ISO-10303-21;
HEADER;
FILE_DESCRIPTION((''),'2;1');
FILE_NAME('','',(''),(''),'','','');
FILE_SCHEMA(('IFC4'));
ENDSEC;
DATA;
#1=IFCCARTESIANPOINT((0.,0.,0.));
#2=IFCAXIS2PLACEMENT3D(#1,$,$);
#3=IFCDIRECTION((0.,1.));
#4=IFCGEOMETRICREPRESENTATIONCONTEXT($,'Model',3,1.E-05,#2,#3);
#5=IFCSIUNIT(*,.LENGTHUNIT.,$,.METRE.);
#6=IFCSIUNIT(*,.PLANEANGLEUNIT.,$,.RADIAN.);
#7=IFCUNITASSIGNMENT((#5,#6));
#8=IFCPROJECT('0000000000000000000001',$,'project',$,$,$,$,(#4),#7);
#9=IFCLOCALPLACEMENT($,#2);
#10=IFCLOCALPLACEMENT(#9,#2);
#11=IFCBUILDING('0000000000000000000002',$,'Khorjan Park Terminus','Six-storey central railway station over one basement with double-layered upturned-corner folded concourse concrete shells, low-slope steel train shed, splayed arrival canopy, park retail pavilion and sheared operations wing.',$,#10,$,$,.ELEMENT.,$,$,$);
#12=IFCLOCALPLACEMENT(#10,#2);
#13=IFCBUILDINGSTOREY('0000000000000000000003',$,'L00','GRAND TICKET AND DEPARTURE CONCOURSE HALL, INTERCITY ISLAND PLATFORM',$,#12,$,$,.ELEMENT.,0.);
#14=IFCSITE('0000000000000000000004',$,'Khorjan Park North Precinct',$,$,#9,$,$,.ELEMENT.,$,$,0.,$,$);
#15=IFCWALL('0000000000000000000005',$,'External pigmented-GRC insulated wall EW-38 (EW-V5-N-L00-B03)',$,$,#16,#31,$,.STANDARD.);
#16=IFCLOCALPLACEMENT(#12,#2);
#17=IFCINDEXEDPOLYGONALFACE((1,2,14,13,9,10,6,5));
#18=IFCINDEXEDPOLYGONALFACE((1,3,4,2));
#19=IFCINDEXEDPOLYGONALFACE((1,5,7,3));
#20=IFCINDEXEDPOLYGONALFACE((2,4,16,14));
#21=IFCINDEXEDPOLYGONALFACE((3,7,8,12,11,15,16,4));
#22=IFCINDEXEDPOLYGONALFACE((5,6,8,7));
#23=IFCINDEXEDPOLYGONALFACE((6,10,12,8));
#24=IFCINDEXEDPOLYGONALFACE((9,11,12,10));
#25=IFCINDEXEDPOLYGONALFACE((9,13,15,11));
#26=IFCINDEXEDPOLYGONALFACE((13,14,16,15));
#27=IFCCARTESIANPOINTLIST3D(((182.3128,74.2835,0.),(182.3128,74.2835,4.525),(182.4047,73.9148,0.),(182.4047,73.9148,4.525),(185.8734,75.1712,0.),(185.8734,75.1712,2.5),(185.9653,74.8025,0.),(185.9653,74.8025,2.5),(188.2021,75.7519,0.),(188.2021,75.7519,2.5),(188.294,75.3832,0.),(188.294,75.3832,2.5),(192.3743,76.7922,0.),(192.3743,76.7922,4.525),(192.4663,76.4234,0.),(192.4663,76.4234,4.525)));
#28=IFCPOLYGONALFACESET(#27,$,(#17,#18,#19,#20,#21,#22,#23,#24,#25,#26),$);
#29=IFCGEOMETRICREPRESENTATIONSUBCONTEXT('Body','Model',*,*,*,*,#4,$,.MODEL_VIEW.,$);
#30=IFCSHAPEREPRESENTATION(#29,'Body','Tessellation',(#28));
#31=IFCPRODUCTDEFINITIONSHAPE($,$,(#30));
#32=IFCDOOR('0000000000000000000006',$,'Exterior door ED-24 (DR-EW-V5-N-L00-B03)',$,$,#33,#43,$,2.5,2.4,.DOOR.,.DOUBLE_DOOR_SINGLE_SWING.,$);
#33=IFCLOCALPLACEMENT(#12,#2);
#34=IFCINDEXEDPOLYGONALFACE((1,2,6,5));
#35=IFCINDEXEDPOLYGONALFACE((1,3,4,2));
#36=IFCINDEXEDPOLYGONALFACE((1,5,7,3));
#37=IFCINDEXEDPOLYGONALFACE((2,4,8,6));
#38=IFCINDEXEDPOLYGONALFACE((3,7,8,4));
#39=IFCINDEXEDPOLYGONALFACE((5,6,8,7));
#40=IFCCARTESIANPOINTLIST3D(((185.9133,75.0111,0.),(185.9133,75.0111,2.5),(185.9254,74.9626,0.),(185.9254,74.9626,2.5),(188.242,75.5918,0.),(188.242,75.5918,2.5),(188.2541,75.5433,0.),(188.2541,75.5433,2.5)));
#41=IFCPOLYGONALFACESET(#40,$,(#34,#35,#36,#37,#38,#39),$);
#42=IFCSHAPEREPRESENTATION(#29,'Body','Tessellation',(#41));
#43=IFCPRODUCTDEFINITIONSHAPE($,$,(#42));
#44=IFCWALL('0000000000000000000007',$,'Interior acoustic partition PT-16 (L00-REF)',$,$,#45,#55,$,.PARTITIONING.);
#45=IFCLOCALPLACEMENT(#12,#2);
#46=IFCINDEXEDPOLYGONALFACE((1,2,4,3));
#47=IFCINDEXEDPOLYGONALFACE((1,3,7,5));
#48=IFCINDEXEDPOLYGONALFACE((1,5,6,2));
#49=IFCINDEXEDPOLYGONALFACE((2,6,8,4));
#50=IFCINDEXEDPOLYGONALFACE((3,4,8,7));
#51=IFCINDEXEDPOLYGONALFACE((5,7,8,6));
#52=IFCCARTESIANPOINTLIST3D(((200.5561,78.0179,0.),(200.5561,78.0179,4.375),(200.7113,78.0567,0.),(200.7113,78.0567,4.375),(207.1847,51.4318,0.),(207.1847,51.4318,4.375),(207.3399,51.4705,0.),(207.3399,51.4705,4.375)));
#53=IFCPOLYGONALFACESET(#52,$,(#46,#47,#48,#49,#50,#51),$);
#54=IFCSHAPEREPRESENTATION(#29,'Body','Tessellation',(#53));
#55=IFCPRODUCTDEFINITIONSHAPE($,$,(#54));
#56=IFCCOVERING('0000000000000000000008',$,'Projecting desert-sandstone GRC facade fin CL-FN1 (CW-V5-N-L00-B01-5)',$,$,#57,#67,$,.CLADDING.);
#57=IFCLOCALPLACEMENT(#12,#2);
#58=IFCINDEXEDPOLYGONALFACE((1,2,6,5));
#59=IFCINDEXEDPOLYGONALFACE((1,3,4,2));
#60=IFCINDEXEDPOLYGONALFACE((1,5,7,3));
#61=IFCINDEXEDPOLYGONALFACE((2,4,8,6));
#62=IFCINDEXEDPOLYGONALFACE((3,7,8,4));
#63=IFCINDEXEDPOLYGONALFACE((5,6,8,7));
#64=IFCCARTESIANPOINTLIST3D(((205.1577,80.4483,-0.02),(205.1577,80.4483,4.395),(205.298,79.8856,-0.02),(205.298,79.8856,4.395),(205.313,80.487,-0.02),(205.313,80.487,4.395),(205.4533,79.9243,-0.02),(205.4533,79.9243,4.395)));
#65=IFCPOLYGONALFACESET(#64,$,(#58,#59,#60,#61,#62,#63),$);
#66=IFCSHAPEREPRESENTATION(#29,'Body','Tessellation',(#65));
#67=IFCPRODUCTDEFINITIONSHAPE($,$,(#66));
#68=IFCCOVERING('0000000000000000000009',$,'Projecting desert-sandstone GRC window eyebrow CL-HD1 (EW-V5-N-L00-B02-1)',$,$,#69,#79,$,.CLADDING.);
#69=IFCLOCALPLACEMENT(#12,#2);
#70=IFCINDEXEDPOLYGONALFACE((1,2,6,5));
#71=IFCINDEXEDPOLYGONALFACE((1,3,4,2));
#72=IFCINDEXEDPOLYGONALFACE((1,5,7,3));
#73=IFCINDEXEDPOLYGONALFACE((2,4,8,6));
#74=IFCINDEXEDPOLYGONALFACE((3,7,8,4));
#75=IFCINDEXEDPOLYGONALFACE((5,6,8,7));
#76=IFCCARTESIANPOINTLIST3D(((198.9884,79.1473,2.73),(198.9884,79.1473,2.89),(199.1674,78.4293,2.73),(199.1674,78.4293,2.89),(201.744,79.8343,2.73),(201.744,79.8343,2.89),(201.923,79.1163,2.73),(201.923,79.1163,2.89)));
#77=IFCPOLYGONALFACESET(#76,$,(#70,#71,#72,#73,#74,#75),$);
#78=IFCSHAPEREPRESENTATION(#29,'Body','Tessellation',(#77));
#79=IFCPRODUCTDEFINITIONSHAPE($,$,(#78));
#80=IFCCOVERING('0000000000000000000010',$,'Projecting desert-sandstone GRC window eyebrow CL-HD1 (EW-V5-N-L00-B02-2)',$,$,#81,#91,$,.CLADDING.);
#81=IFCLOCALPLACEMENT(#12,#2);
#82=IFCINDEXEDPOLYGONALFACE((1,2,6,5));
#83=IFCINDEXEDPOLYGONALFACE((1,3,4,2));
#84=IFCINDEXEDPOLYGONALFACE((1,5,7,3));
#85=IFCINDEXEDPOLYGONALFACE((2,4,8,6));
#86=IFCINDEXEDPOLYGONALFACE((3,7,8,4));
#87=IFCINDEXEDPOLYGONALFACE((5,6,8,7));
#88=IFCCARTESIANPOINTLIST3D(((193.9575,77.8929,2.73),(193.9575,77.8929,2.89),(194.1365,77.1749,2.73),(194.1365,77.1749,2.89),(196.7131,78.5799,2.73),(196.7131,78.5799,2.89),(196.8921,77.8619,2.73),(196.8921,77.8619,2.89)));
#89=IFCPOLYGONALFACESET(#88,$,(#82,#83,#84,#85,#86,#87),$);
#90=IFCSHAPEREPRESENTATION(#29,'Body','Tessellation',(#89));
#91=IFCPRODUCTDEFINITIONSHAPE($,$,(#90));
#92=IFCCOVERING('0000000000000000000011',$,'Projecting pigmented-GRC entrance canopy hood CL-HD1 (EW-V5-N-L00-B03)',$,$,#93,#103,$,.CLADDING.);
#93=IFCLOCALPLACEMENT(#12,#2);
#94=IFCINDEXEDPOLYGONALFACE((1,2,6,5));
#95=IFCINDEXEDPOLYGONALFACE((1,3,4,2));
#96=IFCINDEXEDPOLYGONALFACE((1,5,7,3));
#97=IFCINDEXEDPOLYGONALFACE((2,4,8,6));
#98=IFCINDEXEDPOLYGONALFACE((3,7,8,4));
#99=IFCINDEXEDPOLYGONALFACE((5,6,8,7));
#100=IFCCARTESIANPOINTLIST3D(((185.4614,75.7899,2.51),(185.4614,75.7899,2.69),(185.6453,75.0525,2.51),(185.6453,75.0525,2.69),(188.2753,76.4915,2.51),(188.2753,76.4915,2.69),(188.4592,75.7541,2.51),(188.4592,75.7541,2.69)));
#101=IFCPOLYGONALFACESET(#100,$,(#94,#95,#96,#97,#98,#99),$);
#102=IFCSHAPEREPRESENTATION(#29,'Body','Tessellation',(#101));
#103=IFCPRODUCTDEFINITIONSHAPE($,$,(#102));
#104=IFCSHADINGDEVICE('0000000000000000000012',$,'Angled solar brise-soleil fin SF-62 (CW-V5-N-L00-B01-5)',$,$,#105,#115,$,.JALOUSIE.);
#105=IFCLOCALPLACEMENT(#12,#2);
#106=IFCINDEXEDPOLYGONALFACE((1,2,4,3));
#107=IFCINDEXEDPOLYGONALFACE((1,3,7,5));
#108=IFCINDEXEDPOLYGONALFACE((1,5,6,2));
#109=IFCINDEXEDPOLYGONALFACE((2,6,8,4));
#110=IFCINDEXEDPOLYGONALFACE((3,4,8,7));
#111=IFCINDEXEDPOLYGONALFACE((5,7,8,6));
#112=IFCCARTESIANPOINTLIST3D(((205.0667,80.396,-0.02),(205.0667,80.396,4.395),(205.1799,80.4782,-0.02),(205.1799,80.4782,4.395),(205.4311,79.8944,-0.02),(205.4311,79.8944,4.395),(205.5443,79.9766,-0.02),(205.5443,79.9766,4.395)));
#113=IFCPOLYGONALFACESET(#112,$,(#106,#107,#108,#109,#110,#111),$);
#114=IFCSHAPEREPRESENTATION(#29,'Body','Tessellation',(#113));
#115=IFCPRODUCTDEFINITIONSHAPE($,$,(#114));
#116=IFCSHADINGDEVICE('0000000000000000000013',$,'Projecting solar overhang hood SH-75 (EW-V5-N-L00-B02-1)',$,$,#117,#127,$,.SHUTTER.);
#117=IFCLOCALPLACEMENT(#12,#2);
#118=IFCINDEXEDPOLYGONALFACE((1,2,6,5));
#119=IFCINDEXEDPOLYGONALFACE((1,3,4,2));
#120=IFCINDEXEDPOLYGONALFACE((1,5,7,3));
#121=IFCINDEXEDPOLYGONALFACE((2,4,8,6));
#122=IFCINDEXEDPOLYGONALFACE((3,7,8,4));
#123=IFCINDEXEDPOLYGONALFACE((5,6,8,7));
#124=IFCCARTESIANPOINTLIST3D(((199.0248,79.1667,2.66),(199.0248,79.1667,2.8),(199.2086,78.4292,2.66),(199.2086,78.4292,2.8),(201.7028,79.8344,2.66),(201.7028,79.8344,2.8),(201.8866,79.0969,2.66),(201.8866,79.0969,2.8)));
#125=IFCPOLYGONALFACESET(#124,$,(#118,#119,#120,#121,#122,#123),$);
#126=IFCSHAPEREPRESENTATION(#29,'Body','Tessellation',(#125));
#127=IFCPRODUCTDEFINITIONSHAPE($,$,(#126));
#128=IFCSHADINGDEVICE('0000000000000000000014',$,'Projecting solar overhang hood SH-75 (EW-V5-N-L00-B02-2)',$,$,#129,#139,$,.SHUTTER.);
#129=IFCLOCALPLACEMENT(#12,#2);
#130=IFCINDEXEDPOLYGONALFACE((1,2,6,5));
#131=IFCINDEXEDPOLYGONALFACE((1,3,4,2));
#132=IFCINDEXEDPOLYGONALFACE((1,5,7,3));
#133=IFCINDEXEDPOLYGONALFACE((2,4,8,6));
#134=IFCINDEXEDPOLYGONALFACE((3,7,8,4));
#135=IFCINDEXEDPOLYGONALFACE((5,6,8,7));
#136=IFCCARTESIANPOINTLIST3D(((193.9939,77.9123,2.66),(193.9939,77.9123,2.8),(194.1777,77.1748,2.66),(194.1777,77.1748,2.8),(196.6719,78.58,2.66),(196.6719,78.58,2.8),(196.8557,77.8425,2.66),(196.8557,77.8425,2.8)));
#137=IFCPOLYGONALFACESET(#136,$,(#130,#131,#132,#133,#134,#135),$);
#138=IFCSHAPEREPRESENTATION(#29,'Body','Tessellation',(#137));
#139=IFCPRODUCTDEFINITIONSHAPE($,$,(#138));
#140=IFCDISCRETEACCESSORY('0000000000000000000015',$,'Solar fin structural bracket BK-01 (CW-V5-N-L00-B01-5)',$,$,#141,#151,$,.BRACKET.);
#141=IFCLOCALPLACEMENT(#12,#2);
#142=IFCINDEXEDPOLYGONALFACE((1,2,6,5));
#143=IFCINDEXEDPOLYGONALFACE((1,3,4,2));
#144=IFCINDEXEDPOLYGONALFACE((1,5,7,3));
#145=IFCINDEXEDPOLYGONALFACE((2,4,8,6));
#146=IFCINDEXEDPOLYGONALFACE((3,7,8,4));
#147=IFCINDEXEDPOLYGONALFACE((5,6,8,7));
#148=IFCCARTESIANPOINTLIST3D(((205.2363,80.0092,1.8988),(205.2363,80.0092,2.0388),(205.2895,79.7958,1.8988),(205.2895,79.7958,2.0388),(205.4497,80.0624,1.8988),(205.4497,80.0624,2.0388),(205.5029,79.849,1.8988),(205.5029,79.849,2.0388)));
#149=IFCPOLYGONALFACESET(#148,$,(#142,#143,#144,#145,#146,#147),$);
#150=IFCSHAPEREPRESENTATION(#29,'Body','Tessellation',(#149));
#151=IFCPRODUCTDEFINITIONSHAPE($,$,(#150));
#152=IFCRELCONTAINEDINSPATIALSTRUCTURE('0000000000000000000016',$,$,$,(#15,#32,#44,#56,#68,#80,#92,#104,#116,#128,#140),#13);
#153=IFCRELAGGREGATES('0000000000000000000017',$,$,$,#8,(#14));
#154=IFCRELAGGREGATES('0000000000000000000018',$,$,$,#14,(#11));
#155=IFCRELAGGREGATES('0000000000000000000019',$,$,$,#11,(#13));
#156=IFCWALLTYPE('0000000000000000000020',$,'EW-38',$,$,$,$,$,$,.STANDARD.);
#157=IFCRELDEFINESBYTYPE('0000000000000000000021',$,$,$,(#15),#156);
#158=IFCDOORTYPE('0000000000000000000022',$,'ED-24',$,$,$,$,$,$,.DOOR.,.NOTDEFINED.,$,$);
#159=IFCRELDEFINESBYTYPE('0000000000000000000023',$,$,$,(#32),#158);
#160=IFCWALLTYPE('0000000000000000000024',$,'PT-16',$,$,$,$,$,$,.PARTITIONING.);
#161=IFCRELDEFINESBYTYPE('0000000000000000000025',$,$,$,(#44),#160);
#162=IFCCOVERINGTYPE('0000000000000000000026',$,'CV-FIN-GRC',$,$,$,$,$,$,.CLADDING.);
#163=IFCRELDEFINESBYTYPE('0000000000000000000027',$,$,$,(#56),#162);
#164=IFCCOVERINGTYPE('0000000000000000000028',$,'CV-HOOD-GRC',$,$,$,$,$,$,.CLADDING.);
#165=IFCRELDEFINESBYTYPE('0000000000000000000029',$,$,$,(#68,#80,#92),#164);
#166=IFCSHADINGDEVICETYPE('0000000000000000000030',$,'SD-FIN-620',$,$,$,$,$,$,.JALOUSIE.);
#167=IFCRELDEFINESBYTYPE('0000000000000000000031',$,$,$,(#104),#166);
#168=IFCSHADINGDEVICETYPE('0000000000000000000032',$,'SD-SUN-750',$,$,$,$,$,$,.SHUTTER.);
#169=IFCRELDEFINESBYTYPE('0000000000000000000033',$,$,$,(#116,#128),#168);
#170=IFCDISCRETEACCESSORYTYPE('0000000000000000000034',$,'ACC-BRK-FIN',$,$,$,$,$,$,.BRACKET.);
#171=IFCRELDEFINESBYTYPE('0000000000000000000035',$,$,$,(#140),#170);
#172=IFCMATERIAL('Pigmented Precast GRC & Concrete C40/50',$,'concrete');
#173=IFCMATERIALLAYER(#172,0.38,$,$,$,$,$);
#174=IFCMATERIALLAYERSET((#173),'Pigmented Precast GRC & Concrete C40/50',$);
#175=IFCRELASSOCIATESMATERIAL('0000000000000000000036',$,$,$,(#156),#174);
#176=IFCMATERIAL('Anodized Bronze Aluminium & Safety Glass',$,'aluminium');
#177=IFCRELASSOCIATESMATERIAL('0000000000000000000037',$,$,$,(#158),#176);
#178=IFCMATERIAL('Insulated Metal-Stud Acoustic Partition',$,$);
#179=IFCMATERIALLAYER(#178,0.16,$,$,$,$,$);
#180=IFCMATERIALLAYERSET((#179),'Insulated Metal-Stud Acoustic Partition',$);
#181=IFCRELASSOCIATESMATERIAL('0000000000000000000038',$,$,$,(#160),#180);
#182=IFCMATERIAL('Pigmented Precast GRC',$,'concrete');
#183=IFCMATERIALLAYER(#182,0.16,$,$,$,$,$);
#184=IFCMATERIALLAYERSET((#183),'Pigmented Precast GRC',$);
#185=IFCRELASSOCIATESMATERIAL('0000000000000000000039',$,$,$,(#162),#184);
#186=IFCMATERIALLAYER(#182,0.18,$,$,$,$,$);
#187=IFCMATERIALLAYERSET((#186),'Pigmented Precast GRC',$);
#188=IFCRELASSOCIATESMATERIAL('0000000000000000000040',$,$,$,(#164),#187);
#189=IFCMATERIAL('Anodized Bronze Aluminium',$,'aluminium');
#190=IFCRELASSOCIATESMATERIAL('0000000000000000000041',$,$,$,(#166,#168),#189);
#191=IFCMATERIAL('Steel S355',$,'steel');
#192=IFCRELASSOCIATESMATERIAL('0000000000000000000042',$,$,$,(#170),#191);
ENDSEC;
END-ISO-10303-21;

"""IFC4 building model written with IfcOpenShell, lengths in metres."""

from ifc_helpers import new_model, si_unit, direction, frame, frame_2d, origin, origin_2d, place, context, subcontext, project, spatial, rectangle, extrude, material, layer, layer_set, type_object, element, fill, save


model = new_model("IFC4")

# Units and contexts
model_context = context("Model", 3, precision=1e-05, world=origin(), true_north=direction((0.0, 1.0)))
body_context = subcontext(model_context, "Body", "Model", "MODEL_VIEW")
ifc_project = project(units=[si_unit("LENGTHUNIT", "METRE"), si_unit("PLANEANGLEUNIT", "RADIAN")], contexts=[model_context])

# Site, building, storey
site_placement = place(None, origin())
site = spatial("IfcSite", under=ifc_project, at=site_placement, Name="Khorjan Park North Precinct", CompositionType="ELEMENT", RefElevation=0.0)
building_placement = place(site_placement, origin())
building = spatial("IfcBuilding", under=site, at=building_placement, Name="Khorjan Park Terminus", Description="Six-storey central railway station over one basement with double-layered upturned-corner folded concourse concrete shells, low-slope steel train shed, splayed arrival canopy, park retail pavilion and sheared operations wing.", CompositionType="ELEMENT")
storey_placement = place(building_placement, origin())
storey = spatial("IfcBuildingStorey", under=building, at=storey_placement, Name="L00", Description="GRAND TICKET AND DEPARTURE CONCOURSE HALL, INTERCITY ISLAND PLATFORM", CompositionType="ELEMENT", Elevation=0.0)

# Shared definitions
ifc_material_1 = material(Name="Steel S355", Category="steel")

# Shared definitions
ifc_material_2 = material(Name="Anodized Bronze Aluminium", Category="aluminium")

# Shared definitions
ifc_material_3 = material(Name="Pigmented Precast GRC & Concrete C40/50", Category="concrete")
ifc_layer_1 = layer(ifc_material_3, 0.38)
ifc_layer_set_1 = layer_set([ifc_layer_1], Name="Pigmented Precast GRC & Concrete C40/50")
wall_type_1 = type_object("IfcWallType", Name="EW-38", PredefinedType="STANDARD", material=ifc_layer_set_1)

# Wall, opening, door
wall_1_placement = place(storey_placement, frame((192.4203, 76.6078, 0.0), z_axis=(0.0, 0.0, 1.0), x_axis=(-0.970294, -0.241927, 0.0)))
wall_1 = element("IfcWall", 1, at=wall_1_placement, inside=storey, type_object=wall_type_1, Name="External pigmented-GRC insulated wall EW-38 (EW-V5-N-L00-B03)", PredefinedType="STANDARD", context=body_context, shape_type="SweptSolid", body=[
    extrude(rectangle(XDim=10.3696, YDim=0.38, at=frame_2d((5.1848, 0.0))), origin(), (0.0, 0.0, 1.0), 4.525),
])
opening_1_placement = place(wall_1_placement, frame((4.3, 0.0, 0.0)))
opening_1 = element("IfcOpeningElement", 2, at=opening_1_placement, cuts=wall_1, PredefinedType="OPENING", context=body_context, shape_type="SweptSolid", body=[
    extrude(rectangle(XDim=2.4, YDim=2.5, at=frame_2d((1.2, 1.25))), frame((0.0, 0.2, 0.0), z_axis=(0.0, -1.0, 0.0), x_axis=(1.0, 0.0, 0.0)), (0.0, 0.0, 1.0), 0.4),
])
ifc_material_4 = material(Name="Anodized Bronze Aluminium & Safety Glass", Category="aluminium")
door_type = type_object("IfcDoorType", Name="ED-24", OperationType="NOTDEFINED", PredefinedType="DOOR", material=ifc_material_4)
door_placement = place(opening_1_placement, origin())
door = element("IfcDoor", 3, at=door_placement, inside=storey, type_object=door_type, Name="Exterior door ED-24 (DR-EW-V5-N-L00-B03)", OperationType="DOUBLE_DOOR_SINGLE_SWING", OverallHeight=2.5, OverallWidth=2.4, PredefinedType="DOOR", context=body_context, shape_type="SweptSolid", body=[
    extrude(rectangle(XDim=2.4, YDim=2.5, at=frame_2d((1.2, 1.25))), frame((0.0, 0.025, 0.0), z_axis=(0.0, -1.0, 0.0), x_axis=(1.0, 0.0, 0.0)), (0.0, 0.0, 1.0), 0.05),
])
fill(opening_1, door)

# Wall
ifc_material_5 = material(Name="Insulated Metal-Stud Acoustic Partition")
ifc_layer_2 = layer(ifc_material_5, 0.16)
ifc_layer_set_2 = layer_set([ifc_layer_2], Name="Insulated Metal-Stud Acoustic Partition")
wall_type_2 = type_object("IfcWallType", Name="PT-16", PredefinedType="PARTITIONING", material=ifc_layer_set_2)
wall_2_placement = place(storey_placement, frame((200.6337, 78.0373, 0.0), z_axis=(0.0, 0.0, 1.0), x_axis=(0.24192, -0.970296, 0.0)))
element("IfcWall", 4, at=wall_2_placement, inside=storey, type_object=wall_type_2, Name="Interior acoustic partition PT-16 (L00-REF)", PredefinedType="PARTITIONING", context=body_context, shape_type="SweptSolid", body=[
    extrude(rectangle(XDim=27.4, YDim=0.16, at=frame_2d((13.7, 0.0))), origin(), (0.0, 0.0, 1.0), 4.375),
])

# Coverings
ifc_material_6 = material(Name="Pigmented Precast GRC", Category="concrete")
ifc_layer_3 = layer(ifc_material_6, 0.16)
ifc_layer_set_3 = layer_set([ifc_layer_3], Name="Pigmented Precast GRC")
covering_type_1 = type_object("IfcCoveringType", Name="CV-FIN-GRC", PredefinedType="CLADDING", material=ifc_layer_set_3)
covering_1_placement = place(storey_placement, frame((205.3055, 80.1863, -0.02), z_axis=(0.0, 0.0, 1.0), x_axis=(0.241922, -0.970296, 0.0)))
element("IfcCovering", 5, at=covering_1_placement, inside=storey, type_object=covering_type_1, Name="Projecting desert-sandstone GRC facade fin CL-FN1 (CW-V5-N-L00-B01-5)", PredefinedType="CLADDING", context=body_context, shape_type="SweptSolid", body=[
    extrude(rectangle(XDim=0.58, YDim=0.16, at=origin_2d()), origin(), (0.0, 0.0, 1.0), 4.415),
])
ifc_layer_4 = layer(ifc_material_6, 0.18)
ifc_layer_set_4 = layer_set([ifc_layer_4], Name="Pigmented Precast GRC")
covering_type_2 = type_object("IfcCoveringType", Name="CV-HOOD-GRC", PredefinedType="CLADDING", material=ifc_layer_set_4)
for number, where, z_axis, x_axis, name in (
    (6, (200.4557, 79.1318, 2.73), (0.0, 0.0, 1.0), (-0.970297, -0.241916, 0.0), "Projecting desert-sandstone GRC window eyebrow CL-HD1 (EW-V5-N-L00-B02-1)"),
    (7, (195.4248, 77.8774, 2.73), (0.0, 0.0, 1.0), (-0.970297, -0.241916, 0.0), "Projecting desert-sandstone GRC window eyebrow CL-HD1 (EW-V5-N-L00-B02-2)"),
):
    element("IfcCovering", number, at=place(storey_placement, frame(where, z_axis=z_axis, x_axis=x_axis)), inside=storey, type_object=covering_type_2, Name=name, PredefinedType="CLADDING", context=body_context, shape_type="SweptSolid", body=[
        extrude(rectangle(XDim=2.84, YDim=0.74, at=origin_2d()), origin(), (0.0, 0.0, 1.0), 0.16),
    ])
covering_2_placement = place(storey_placement, frame((186.9603, 75.772, 2.51), z_axis=(0.0, 0.0, 1.0), x_axis=(-0.970294, -0.241927, 0.0)))
element("IfcCovering", 8, at=covering_2_placement, inside=storey, type_object=covering_type_2, Name="Projecting pigmented-GRC entrance canopy hood CL-HD1 (EW-V5-N-L00-B03)", PredefinedType="CLADDING", context=body_context, shape_type="SweptSolid", body=[
    extrude(rectangle(XDim=2.9, YDim=0.76, at=origin_2d()), origin(), (0.0, 0.0, 1.0), 0.18),
])

# Shading devices
shading_device_type_1 = type_object("IfcShadingDeviceType", Name="SD-FIN-620", PredefinedType="JALOUSIE", material=ifc_material_2)
shading_device_placement = place(storey_placement, frame((205.3055, 80.1863, -0.02), z_axis=(0.0, 0.0, 1.0), x_axis=(0.587785, -0.809017, 0.0)))
element("IfcShadingDevice", 9, at=shading_device_placement, inside=storey, type_object=shading_device_type_1, Name="Angled solar brise-soleil fin SF-62 (CW-V5-N-L00-B01-5)", PredefinedType="JALOUSIE", context=body_context, shape_type="SweptSolid", body=[
    extrude(rectangle(XDim=0.62, YDim=0.14, at=origin_2d()), origin(), (0.0, 0.0, 1.0), 4.415),
])
shading_device_type_2 = type_object("IfcShadingDeviceType", Name="SD-SUN-750", PredefinedType="SHUTTER", material=ifc_material_2)
for number, where, z_axis, x_axis, name in (
    (10, (200.4557, 79.1318, 2.66), (0.0, 0.0, 1.0), (-0.970297, -0.241916, 0.0), "Projecting solar overhang hood SH-75 (EW-V5-N-L00-B02-1)"),
    (11, (195.4248, 77.8774, 2.66), (0.0, 0.0, 1.0), (-0.970297, -0.241916, 0.0), "Projecting solar overhang hood SH-75 (EW-V5-N-L00-B02-2)"),
):
    element("IfcShadingDevice", number, at=place(storey_placement, frame(where, z_axis=z_axis, x_axis=x_axis)), inside=storey, type_object=shading_device_type_2, Name=name, PredefinedType="SHUTTER", context=body_context, shape_type="SweptSolid", body=[
        extrude(rectangle(XDim=2.76, YDim=0.76, at=origin_2d()), origin(), (0.0, 0.0, 1.0), 0.14),
    ])

# Discrete accessory
discrete_accessory_type = type_object("IfcDiscreteAccessoryType", Name="ACC-BRK-FIN", PredefinedType="BRACKET", material=ifc_material_1)
discrete_accessory_placement = place(storey_placement, frame((205.3696, 79.9291, 1.8988), z_axis=(0.0, 0.0, 1.0), x_axis=(-0.970294, -0.241928, 0.0)))
element("IfcDiscreteAccessory", 12, at=discrete_accessory_placement, inside=storey, type_object=discrete_accessory_type, Name="Solar fin structural bracket BK-01 (CW-V5-N-L00-B01-5)", PredefinedType="BRACKET", context=body_context, shape_type="SweptSolid", body=[
    extrude(rectangle(XDim=0.22, YDim=0.22, at=origin_2d()), origin(), (0.0, 0.0, 1.0), 0.14),
])

save(model, "model.ifc")
